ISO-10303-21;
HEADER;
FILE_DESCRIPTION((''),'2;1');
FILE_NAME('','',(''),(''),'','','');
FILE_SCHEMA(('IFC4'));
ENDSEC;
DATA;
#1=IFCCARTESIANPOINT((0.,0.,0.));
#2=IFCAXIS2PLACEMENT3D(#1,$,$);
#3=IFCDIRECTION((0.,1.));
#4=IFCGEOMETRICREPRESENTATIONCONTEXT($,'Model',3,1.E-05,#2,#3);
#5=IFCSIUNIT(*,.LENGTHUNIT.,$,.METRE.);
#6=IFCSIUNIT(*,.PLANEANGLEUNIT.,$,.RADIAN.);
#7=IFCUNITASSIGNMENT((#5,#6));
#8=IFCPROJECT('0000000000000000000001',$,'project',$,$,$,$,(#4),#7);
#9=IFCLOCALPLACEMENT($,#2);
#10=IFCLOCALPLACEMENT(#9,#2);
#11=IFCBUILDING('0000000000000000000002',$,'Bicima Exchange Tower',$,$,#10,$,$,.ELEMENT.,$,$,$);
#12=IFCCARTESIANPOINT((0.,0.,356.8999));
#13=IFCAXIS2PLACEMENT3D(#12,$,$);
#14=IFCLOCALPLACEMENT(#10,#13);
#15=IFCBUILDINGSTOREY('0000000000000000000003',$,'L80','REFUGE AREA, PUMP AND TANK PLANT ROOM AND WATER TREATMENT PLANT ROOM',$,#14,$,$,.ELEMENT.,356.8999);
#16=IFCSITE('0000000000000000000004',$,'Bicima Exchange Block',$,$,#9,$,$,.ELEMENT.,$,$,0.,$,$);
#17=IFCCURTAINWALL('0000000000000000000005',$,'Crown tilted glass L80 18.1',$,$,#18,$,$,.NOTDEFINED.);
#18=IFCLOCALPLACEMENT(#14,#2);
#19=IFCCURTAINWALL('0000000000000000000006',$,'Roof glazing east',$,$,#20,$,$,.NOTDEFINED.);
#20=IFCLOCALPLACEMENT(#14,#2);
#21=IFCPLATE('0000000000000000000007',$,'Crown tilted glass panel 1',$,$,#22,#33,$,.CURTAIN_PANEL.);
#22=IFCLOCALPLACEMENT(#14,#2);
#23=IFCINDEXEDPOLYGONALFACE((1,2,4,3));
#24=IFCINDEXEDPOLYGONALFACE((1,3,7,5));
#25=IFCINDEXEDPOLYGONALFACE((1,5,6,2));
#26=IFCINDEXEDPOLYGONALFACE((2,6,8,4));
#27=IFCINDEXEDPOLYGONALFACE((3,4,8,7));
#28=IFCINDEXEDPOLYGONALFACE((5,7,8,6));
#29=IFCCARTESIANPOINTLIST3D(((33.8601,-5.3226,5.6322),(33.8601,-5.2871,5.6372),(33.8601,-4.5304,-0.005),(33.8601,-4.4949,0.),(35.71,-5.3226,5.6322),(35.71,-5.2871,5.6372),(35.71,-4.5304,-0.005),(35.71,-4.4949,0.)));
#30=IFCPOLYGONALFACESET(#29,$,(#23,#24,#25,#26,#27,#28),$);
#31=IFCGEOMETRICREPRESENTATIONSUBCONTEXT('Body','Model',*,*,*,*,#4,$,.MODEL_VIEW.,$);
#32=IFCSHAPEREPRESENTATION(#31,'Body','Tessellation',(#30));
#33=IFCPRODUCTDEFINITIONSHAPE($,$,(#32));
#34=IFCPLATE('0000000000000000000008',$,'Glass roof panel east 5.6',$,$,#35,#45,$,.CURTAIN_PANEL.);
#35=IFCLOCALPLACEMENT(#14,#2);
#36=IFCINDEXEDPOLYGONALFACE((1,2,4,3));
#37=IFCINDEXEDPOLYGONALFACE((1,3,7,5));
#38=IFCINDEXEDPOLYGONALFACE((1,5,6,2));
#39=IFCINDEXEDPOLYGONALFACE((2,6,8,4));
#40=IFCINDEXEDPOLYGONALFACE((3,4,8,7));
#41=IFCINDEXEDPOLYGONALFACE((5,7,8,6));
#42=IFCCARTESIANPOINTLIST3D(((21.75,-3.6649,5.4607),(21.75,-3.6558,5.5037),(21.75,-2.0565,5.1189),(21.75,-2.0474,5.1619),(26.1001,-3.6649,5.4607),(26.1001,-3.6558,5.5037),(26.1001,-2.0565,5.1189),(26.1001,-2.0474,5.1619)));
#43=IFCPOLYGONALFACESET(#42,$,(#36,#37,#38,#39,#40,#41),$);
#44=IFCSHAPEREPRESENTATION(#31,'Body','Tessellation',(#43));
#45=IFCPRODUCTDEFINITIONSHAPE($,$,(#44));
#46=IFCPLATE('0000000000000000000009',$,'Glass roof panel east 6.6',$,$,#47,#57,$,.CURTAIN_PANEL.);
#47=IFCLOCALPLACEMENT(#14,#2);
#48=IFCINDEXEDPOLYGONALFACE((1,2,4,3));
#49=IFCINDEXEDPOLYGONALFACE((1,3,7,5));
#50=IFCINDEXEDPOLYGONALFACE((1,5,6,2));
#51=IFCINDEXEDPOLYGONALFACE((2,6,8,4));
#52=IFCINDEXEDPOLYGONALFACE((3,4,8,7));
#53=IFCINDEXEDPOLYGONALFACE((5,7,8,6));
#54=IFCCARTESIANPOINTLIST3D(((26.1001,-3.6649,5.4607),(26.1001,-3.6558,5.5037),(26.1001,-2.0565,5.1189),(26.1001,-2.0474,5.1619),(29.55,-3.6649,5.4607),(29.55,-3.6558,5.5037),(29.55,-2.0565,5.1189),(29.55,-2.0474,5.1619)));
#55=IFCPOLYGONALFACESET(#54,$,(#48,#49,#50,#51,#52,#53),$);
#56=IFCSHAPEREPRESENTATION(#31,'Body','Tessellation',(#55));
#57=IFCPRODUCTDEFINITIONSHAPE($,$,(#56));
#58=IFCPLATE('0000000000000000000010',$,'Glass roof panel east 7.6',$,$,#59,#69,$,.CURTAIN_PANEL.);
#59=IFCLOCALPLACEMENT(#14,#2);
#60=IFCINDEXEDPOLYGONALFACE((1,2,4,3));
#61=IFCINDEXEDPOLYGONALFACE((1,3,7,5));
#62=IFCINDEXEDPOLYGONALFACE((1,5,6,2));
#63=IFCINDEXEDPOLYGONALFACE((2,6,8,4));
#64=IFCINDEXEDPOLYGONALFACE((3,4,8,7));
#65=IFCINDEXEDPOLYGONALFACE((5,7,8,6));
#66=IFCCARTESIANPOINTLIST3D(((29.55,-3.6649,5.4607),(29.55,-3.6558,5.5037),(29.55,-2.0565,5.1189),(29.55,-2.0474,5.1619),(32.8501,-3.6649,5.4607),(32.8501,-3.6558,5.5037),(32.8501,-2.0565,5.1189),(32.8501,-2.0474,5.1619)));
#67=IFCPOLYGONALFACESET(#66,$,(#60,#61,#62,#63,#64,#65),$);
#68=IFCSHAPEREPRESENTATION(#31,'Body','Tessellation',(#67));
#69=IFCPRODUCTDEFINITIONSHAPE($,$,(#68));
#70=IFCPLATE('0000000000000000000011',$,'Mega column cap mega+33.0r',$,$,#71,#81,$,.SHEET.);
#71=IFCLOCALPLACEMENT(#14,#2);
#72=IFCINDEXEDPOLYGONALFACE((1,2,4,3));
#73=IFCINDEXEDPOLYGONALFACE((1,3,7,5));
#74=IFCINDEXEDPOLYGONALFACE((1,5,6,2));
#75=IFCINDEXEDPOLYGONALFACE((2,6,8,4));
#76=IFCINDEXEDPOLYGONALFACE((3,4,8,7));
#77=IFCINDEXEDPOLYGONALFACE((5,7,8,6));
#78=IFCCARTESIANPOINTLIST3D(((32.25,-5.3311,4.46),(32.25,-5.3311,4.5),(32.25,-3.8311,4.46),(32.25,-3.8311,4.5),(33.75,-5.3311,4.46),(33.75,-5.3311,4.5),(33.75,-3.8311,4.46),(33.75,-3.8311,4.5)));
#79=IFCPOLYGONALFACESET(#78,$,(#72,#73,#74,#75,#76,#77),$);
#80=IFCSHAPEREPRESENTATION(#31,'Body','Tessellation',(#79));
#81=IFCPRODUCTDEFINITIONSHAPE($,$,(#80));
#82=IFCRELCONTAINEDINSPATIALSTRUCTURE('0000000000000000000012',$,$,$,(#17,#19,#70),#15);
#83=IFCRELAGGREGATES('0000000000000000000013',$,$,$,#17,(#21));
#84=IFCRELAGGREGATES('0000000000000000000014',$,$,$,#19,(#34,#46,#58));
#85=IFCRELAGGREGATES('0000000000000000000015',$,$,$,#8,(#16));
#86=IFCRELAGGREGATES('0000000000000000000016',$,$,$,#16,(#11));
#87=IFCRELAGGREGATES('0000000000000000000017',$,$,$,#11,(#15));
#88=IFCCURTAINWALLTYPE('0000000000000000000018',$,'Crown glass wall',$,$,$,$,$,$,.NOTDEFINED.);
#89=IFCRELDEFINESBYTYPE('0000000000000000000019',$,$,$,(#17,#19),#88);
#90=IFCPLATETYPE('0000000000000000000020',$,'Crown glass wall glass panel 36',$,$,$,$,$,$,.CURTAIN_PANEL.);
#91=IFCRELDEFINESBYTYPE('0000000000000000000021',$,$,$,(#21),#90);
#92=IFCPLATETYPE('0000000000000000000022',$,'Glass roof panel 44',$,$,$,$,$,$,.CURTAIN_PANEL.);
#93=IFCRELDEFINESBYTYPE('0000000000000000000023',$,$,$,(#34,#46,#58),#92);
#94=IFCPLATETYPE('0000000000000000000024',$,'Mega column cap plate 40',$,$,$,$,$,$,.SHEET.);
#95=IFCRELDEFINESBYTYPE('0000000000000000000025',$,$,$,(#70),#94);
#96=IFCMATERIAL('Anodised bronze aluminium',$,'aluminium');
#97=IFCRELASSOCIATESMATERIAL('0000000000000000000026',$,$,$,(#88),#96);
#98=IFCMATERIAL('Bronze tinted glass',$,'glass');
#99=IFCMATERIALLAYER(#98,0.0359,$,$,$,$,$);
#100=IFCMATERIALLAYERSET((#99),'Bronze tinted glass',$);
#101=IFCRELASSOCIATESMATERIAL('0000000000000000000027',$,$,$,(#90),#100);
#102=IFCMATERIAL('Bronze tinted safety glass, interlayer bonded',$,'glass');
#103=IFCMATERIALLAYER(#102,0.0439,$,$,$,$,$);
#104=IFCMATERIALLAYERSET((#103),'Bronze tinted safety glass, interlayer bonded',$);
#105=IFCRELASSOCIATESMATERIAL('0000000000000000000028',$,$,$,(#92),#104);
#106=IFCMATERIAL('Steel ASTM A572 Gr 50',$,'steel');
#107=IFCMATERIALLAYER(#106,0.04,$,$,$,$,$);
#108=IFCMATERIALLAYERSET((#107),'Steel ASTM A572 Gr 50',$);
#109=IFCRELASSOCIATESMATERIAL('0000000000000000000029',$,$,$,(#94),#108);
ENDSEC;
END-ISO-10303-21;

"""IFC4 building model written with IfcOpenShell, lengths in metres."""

from ifc_helpers import new_model, si_unit, direction, frame, origin, origin_2d, place, context, subcontext, project, spatial, polyline, rectangle, outline, extrude, material, layer, layer_set, type_object, element, aggregate, save


model = new_model("IFC4")

# Units and contexts
model_context = context("Model", 3, precision=1e-05, world=origin(), true_north=direction((0.0, 1.0)))
body_context = subcontext(model_context, "Body", "Model", "MODEL_VIEW")
ifc_project = project(units=[si_unit("LENGTHUNIT", "METRE"), si_unit("PLANEANGLEUNIT", "RADIAN")], contexts=[model_context])

# Site, building, storey
site_placement = place(None, origin())
site = spatial("IfcSite", under=ifc_project, at=site_placement, Name="Bicima Exchange Block", CompositionType="ELEMENT", RefElevation=0.0)
building_placement = place(site_placement, origin())
building = spatial("IfcBuilding", under=site, at=building_placement, Name="Bicima Exchange Tower", CompositionType="ELEMENT")
storey_placement = place(building_placement, frame((0.0, 0.0, 356.8999)))
storey = spatial("IfcBuildingStorey", under=building, at=storey_placement, Name="L80", Description="REFUGE AREA, PUMP AND TANK PLANT ROOM AND WATER TREATMENT PLANT ROOM", CompositionType="ELEMENT", Elevation=356.8999)

# Curtain wall
ifc_material_1 = material(Name="Anodised bronze aluminium", Category="aluminium")
curtain_wall_type = type_object("IfcCurtainWallType", Name="Crown glass wall", PredefinedType="NOTDEFINED", material=ifc_material_1)
curtain_wall_1_placement = place(storey_placement, origin())
curtain_wall_1 = element("IfcCurtainWall", 1, at=curtain_wall_1_placement, inside=storey, type_object=curtain_wall_type, Name="Crown tilted glass L80 18.1", PredefinedType="NOTDEFINED")

# Curtain wall
curtain_wall_2_placement = place(storey_placement, origin())
curtain_wall_2 = element("IfcCurtainWall", 2, at=curtain_wall_2_placement, inside=storey, type_object=curtain_wall_type, Name="Roof glazing east", PredefinedType="NOTDEFINED")

# Plates
ifc_material_2 = material(Name="Bronze tinted glass", Category="glass")
ifc_layer_1 = layer(ifc_material_2, 0.0359)
ifc_layer_set_1 = layer_set([ifc_layer_1], Name="Bronze tinted glass")
plate_type_1 = type_object("IfcPlateType", Name="Crown glass wall glass panel 36", PredefinedType="CURTAIN_PANEL", material=ifc_layer_set_1)
plate_1_placement = place(storey_placement, frame((35.71, -4.4949, 0.0), z_axis=(0.0, 0.990269, 0.139169), x_axis=(-1.0, 0.0, 0.0)))
plate_1 = element("IfcPlate", 3, at=plate_1_placement, type_object=plate_type_1, Name="Crown tilted glass panel 1", PredefinedType="CURTAIN_PANEL", context=body_context, shape_type="SweptSolid", body=[
    extrude(outline(polyline([(0.0, 0.0), (1.8499, 0.0), (1.8499, 5.6926), (0.0, 5.6926), (0.0, 0.0)])), origin(), (0.0, 0.0, -1.0), 0.0359),
])
aggregate(curtain_wall_1, [plate_1])
ifc_material_3 = material(Name="Bronze tinted safety glass, interlayer bonded", Category="glass")
ifc_layer_2 = layer(ifc_material_3, 0.0439)
ifc_layer_set_2 = layer_set([ifc_layer_2], Name="Bronze tinted safety glass, interlayer bonded")
plate_type_2 = type_object("IfcPlateType", Name="Glass roof panel 44", PredefinedType="CURTAIN_PANEL", material=ifc_layer_set_2)
plate_2_placement = place(storey_placement, frame((26.1001, -2.0474, 5.1619), z_axis=(0.0, 0.207866, 0.978157), x_axis=(0.0, -0.978157, 0.207866)))
plate_2 = element("IfcPlate", 4, at=plate_2_placement, type_object=plate_type_2, Name="Glass roof panel east 5.6", PredefinedType="CURTAIN_PANEL", context=body_context, shape_type="SweptSolid", body=[
    extrude(outline(polyline([(0.0, 0.0), (1.6443, 0.0), (1.6443, -4.3501), (0.0, -4.3501), (0.0, 0.0)])), origin(), (0.0, 0.0, -1.0), 0.0439),
])
plate_3_placement = place(storey_placement, frame((29.55, -2.0474, 5.1619), z_axis=(0.0, 0.207866, 0.978157), x_axis=(0.0, -0.978157, 0.207866)))
plate_3 = element("IfcPlate", 5, at=plate_3_placement, type_object=plate_type_2, Name="Glass roof panel east 6.6", PredefinedType="CURTAIN_PANEL", context=body_context, shape_type="SweptSolid", body=[
    extrude(outline(polyline([(0.0, 0.0), (1.6443, 0.0), (1.6443, -3.45), (0.0, -3.45), (0.0, 0.0)])), origin(), (0.0, 0.0, -1.0), 0.0439),
])
plate_4_placement = place(storey_placement, frame((32.8501, -2.0474, 5.1619), z_axis=(0.0, 0.207866, 0.978157), x_axis=(0.0, -0.978157, 0.207866)))
plate_4 = element("IfcPlate", 6, at=plate_4_placement, type_object=plate_type_2, Name="Glass roof panel east 7.6", PredefinedType="CURTAIN_PANEL", context=body_context, shape_type="SweptSolid", body=[
    extrude(outline(polyline([(0.0, 0.0), (1.6443, 0.0), (1.6443, -3.3), (0.0, -3.3), (0.0, 0.0)])), origin(), (0.0, 0.0, -1.0), 0.0439),
])
aggregate(curtain_wall_2, [plate_2, plate_3, plate_4])
ifc_material_4 = material(Name="Steel ASTM A572 Gr 50", Category="steel")
ifc_layer_3 = layer(ifc_material_4, 0.04)
ifc_layer_set_3 = layer_set([ifc_layer_3], Name="Steel ASTM A572 Gr 50")
plate_type_3 = type_object("IfcPlateType", Name="Mega column cap plate 40", PredefinedType="SHEET", material=ifc_layer_set_3)
plate_5_placement = place(storey_placement, frame((33.0, -4.5811, 4.46), z_axis=(0.0, 0.0, 1.0), x_axis=(1.0, 0.0, 0.0)))
element("IfcPlate", 7, at=plate_5_placement, inside=storey, type_object=plate_type_3, Name="Mega column cap mega+33.0r", PredefinedType="SHEET", context=body_context, shape_type="SweptSolid", body=[
    extrude(rectangle(XDim=1.5, YDim=1.5, at=origin_2d()), origin(), (0.0, 0.0, 1.0), 0.04),
])

save(model, "model.ifc")
